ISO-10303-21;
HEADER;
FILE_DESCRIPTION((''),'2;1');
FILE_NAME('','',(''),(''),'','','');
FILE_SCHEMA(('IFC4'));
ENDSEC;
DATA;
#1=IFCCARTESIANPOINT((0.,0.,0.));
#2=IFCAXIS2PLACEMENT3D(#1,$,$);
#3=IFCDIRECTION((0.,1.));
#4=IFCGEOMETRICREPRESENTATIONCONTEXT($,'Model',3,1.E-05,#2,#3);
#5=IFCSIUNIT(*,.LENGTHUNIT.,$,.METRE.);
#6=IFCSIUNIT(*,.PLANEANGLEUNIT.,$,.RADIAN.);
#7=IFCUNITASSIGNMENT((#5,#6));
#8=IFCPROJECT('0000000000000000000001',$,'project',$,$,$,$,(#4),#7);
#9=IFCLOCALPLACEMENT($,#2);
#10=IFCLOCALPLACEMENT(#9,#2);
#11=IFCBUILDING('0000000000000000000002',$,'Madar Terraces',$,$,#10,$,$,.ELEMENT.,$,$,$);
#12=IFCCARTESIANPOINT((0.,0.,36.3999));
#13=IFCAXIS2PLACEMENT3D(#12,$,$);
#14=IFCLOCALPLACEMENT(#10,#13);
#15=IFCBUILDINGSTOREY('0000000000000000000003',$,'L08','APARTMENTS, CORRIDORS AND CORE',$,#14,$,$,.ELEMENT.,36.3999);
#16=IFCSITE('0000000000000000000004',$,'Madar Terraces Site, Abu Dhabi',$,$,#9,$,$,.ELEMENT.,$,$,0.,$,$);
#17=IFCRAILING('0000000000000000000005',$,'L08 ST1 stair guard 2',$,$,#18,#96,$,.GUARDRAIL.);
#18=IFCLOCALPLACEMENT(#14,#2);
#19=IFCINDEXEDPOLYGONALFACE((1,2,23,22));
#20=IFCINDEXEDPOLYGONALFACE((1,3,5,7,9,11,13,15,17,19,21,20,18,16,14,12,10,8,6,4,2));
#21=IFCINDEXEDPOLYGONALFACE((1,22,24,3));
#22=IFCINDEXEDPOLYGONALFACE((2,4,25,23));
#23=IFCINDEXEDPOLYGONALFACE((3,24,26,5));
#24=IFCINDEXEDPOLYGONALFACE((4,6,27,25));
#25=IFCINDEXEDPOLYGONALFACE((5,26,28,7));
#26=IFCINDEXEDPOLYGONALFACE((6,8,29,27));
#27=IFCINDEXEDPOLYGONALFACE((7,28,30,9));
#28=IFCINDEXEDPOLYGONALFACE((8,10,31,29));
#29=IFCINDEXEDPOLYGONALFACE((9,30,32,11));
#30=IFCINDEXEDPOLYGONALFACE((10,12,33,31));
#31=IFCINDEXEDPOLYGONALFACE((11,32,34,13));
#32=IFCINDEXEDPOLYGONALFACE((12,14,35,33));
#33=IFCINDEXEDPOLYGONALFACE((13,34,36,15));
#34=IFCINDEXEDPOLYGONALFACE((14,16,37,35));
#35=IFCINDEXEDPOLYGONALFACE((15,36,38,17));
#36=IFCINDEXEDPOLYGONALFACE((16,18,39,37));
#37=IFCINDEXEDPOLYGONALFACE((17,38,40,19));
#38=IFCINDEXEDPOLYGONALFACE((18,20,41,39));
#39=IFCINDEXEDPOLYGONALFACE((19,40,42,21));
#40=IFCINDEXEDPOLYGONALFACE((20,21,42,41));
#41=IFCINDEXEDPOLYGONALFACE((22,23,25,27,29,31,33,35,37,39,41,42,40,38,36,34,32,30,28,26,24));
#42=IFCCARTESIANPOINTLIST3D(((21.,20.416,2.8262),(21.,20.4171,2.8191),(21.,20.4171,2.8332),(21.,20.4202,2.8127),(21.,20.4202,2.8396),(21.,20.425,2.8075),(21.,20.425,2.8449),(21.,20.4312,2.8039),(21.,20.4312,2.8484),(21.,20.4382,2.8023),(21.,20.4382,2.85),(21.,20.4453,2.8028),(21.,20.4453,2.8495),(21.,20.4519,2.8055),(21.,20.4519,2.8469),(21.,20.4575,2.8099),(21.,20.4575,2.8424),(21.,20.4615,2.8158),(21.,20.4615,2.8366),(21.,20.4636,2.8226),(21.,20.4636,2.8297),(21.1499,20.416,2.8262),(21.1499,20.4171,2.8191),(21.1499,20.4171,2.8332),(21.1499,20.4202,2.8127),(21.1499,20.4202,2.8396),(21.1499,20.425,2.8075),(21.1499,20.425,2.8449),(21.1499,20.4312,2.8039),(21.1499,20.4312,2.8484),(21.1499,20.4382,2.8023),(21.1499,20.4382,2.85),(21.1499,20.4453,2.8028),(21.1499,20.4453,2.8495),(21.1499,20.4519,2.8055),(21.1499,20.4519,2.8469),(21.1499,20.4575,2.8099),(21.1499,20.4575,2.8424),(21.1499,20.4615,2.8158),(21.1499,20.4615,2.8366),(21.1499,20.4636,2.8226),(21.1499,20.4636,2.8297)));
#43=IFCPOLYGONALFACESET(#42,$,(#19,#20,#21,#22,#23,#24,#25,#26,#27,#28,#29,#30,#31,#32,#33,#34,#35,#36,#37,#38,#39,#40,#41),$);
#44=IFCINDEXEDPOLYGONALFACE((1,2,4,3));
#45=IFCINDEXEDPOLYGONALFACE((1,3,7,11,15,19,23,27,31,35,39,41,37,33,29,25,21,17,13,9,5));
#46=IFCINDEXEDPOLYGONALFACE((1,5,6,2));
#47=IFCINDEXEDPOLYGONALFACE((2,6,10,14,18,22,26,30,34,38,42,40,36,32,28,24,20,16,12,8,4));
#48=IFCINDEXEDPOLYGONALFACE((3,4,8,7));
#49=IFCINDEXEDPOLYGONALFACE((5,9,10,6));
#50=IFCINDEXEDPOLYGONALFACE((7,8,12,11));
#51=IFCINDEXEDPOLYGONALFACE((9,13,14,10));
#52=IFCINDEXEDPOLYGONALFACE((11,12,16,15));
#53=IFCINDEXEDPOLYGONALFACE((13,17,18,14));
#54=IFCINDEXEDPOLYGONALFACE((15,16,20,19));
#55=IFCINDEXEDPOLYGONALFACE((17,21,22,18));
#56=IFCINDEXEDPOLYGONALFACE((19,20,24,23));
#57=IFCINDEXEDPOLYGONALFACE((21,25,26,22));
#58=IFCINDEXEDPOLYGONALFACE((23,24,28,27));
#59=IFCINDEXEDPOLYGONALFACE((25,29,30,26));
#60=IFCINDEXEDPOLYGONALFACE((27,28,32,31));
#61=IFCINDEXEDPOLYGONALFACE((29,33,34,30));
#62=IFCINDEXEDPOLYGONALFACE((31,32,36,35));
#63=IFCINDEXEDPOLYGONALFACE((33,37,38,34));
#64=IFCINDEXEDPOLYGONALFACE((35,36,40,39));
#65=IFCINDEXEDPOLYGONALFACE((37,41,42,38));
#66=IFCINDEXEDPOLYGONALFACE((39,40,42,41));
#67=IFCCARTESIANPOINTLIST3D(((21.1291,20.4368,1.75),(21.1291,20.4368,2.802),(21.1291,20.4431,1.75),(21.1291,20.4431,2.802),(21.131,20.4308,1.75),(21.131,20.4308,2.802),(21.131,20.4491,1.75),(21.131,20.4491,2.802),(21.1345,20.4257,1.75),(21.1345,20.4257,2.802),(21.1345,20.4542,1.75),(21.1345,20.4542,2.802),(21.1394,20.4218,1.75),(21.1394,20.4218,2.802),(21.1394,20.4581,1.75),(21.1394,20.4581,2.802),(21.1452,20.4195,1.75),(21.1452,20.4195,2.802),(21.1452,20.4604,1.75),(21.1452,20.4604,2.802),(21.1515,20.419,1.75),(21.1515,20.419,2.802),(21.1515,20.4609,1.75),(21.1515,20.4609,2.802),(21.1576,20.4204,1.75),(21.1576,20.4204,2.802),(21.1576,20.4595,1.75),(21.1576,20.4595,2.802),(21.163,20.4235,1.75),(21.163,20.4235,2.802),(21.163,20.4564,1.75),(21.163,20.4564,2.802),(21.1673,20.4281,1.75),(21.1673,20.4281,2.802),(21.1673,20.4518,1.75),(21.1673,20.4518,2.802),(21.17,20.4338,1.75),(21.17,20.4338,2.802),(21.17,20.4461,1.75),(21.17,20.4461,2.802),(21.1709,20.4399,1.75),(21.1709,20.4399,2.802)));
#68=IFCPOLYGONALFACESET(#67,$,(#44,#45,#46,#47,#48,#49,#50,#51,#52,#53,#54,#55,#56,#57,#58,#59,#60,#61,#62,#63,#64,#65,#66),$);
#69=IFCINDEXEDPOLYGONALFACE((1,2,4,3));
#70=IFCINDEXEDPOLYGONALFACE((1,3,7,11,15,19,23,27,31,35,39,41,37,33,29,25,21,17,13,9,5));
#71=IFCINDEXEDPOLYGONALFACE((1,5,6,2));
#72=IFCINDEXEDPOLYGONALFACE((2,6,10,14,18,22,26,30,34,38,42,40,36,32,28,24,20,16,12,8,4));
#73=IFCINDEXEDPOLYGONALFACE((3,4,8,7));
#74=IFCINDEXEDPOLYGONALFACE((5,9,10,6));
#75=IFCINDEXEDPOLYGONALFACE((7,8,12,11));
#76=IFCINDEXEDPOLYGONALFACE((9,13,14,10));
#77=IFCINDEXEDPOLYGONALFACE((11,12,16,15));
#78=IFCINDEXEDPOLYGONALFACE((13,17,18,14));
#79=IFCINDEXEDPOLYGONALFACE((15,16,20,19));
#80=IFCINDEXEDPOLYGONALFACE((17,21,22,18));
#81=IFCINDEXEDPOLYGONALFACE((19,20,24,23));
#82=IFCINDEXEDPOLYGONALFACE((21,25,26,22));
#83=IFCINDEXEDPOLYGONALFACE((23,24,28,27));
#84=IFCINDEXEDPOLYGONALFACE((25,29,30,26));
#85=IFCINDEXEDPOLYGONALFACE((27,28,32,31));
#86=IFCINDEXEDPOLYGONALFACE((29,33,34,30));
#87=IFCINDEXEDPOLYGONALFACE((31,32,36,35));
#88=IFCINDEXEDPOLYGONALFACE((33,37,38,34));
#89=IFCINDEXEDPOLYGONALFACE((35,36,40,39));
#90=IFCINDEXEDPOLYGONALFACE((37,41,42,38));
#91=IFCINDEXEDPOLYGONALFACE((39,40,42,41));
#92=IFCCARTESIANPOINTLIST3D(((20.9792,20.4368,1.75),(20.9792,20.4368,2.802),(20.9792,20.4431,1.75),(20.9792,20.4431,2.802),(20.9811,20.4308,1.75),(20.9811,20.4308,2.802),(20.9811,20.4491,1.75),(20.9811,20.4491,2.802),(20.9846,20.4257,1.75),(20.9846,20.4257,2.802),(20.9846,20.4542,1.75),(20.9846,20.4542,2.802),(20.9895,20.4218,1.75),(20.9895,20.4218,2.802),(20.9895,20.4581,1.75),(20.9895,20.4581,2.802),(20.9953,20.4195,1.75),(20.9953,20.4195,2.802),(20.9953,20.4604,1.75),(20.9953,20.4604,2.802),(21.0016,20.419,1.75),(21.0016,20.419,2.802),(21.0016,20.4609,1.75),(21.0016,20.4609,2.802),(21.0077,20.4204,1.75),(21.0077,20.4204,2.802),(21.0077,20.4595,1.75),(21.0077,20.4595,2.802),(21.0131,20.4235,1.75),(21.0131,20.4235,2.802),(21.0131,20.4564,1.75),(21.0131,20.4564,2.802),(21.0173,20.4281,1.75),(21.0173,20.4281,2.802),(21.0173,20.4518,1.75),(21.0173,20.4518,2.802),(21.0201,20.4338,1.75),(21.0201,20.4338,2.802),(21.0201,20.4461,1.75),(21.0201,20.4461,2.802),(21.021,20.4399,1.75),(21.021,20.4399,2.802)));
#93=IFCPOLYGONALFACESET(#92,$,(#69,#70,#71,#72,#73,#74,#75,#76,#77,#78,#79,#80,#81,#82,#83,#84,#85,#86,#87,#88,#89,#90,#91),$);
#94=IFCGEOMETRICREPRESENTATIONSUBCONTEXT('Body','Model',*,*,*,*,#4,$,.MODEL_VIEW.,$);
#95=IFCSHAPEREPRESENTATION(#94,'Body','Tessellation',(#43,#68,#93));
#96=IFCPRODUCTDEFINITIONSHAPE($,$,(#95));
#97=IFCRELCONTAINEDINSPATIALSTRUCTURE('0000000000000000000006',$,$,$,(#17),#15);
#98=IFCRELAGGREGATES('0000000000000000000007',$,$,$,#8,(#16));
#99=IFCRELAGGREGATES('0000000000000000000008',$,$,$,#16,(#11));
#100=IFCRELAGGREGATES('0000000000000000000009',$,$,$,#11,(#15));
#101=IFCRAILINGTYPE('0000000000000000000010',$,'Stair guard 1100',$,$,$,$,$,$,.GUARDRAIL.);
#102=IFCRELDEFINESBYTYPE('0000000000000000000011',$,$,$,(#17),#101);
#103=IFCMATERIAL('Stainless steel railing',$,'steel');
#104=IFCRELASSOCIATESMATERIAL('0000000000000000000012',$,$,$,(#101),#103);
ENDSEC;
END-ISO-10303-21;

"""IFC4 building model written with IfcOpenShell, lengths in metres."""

from ifc_helpers import new_model, si_unit, direction, frame, origin, origin_2d, place, context, subcontext, project, spatial, circle, extrude, material, type_object, element, save


model = new_model("IFC4")

# Units and contexts
model_context = context("Model", 3, precision=1e-05, world=origin(), true_north=direction((0.0, 1.0)))
body_context = subcontext(model_context, "Body", "Model", "MODEL_VIEW")
ifc_project = project(units=[si_unit("LENGTHUNIT", "METRE"), si_unit("PLANEANGLEUNIT", "RADIAN")], contexts=[model_context])

# Site, building, storey
site_placement = place(None, origin())
site = spatial("IfcSite", under=ifc_project, at=site_placement, Name="Madar Terraces Site, Abu Dhabi", CompositionType="ELEMENT", RefElevation=0.0)
building_placement = place(site_placement, origin())
building = spatial("IfcBuilding", under=site, at=building_placement, Name="Madar Terraces", CompositionType="ELEMENT")
storey_placement = place(building_placement, frame((0.0, 0.0, 36.3999)))
storey = spatial("IfcBuildingStorey", under=building, at=storey_placement, Name="L08", Description="APARTMENTS, CORRIDORS AND CORE", CompositionType="ELEMENT", Elevation=36.3999)

# Railing
ifc_material_1 = material(Name="Stainless steel railing", Category="steel")
railing_type_1 = type_object("IfcRailingType", Name="Stair guard 1100", PredefinedType="GUARDRAIL", material=ifc_material_1)
railing_1_placement = place(storey_placement, frame((21.1499, 20.4399, 1.75)))
element("IfcRailing", 1, at=railing_1_placement, inside=storey, type_object=railing_type_1, Name="L08 ST1 stair guard 2", PredefinedType="GUARDRAIL", context=body_context, shape_type="SweptSolid", body=[
    extrude(circle(Radius=0.0239, at=origin_2d()), frame((0.0, 0.0, 1.0762), z_axis=(-1.0, 0.0, 0.0), x_axis=(0.0, -1.0, 0.0)), (0.0, 0.0, 1.0), 0.1499),
    extrude(circle(Radius=0.021, at=origin_2d()), origin(), (0.0, 0.0, 1.0), 1.052),
    extrude(circle(Radius=0.021, at=origin_2d()), frame((-0.1499, 0.0, 0.0)), (0.0, 0.0, 1.0), 1.052),
])

save(model, "model.ifc")
